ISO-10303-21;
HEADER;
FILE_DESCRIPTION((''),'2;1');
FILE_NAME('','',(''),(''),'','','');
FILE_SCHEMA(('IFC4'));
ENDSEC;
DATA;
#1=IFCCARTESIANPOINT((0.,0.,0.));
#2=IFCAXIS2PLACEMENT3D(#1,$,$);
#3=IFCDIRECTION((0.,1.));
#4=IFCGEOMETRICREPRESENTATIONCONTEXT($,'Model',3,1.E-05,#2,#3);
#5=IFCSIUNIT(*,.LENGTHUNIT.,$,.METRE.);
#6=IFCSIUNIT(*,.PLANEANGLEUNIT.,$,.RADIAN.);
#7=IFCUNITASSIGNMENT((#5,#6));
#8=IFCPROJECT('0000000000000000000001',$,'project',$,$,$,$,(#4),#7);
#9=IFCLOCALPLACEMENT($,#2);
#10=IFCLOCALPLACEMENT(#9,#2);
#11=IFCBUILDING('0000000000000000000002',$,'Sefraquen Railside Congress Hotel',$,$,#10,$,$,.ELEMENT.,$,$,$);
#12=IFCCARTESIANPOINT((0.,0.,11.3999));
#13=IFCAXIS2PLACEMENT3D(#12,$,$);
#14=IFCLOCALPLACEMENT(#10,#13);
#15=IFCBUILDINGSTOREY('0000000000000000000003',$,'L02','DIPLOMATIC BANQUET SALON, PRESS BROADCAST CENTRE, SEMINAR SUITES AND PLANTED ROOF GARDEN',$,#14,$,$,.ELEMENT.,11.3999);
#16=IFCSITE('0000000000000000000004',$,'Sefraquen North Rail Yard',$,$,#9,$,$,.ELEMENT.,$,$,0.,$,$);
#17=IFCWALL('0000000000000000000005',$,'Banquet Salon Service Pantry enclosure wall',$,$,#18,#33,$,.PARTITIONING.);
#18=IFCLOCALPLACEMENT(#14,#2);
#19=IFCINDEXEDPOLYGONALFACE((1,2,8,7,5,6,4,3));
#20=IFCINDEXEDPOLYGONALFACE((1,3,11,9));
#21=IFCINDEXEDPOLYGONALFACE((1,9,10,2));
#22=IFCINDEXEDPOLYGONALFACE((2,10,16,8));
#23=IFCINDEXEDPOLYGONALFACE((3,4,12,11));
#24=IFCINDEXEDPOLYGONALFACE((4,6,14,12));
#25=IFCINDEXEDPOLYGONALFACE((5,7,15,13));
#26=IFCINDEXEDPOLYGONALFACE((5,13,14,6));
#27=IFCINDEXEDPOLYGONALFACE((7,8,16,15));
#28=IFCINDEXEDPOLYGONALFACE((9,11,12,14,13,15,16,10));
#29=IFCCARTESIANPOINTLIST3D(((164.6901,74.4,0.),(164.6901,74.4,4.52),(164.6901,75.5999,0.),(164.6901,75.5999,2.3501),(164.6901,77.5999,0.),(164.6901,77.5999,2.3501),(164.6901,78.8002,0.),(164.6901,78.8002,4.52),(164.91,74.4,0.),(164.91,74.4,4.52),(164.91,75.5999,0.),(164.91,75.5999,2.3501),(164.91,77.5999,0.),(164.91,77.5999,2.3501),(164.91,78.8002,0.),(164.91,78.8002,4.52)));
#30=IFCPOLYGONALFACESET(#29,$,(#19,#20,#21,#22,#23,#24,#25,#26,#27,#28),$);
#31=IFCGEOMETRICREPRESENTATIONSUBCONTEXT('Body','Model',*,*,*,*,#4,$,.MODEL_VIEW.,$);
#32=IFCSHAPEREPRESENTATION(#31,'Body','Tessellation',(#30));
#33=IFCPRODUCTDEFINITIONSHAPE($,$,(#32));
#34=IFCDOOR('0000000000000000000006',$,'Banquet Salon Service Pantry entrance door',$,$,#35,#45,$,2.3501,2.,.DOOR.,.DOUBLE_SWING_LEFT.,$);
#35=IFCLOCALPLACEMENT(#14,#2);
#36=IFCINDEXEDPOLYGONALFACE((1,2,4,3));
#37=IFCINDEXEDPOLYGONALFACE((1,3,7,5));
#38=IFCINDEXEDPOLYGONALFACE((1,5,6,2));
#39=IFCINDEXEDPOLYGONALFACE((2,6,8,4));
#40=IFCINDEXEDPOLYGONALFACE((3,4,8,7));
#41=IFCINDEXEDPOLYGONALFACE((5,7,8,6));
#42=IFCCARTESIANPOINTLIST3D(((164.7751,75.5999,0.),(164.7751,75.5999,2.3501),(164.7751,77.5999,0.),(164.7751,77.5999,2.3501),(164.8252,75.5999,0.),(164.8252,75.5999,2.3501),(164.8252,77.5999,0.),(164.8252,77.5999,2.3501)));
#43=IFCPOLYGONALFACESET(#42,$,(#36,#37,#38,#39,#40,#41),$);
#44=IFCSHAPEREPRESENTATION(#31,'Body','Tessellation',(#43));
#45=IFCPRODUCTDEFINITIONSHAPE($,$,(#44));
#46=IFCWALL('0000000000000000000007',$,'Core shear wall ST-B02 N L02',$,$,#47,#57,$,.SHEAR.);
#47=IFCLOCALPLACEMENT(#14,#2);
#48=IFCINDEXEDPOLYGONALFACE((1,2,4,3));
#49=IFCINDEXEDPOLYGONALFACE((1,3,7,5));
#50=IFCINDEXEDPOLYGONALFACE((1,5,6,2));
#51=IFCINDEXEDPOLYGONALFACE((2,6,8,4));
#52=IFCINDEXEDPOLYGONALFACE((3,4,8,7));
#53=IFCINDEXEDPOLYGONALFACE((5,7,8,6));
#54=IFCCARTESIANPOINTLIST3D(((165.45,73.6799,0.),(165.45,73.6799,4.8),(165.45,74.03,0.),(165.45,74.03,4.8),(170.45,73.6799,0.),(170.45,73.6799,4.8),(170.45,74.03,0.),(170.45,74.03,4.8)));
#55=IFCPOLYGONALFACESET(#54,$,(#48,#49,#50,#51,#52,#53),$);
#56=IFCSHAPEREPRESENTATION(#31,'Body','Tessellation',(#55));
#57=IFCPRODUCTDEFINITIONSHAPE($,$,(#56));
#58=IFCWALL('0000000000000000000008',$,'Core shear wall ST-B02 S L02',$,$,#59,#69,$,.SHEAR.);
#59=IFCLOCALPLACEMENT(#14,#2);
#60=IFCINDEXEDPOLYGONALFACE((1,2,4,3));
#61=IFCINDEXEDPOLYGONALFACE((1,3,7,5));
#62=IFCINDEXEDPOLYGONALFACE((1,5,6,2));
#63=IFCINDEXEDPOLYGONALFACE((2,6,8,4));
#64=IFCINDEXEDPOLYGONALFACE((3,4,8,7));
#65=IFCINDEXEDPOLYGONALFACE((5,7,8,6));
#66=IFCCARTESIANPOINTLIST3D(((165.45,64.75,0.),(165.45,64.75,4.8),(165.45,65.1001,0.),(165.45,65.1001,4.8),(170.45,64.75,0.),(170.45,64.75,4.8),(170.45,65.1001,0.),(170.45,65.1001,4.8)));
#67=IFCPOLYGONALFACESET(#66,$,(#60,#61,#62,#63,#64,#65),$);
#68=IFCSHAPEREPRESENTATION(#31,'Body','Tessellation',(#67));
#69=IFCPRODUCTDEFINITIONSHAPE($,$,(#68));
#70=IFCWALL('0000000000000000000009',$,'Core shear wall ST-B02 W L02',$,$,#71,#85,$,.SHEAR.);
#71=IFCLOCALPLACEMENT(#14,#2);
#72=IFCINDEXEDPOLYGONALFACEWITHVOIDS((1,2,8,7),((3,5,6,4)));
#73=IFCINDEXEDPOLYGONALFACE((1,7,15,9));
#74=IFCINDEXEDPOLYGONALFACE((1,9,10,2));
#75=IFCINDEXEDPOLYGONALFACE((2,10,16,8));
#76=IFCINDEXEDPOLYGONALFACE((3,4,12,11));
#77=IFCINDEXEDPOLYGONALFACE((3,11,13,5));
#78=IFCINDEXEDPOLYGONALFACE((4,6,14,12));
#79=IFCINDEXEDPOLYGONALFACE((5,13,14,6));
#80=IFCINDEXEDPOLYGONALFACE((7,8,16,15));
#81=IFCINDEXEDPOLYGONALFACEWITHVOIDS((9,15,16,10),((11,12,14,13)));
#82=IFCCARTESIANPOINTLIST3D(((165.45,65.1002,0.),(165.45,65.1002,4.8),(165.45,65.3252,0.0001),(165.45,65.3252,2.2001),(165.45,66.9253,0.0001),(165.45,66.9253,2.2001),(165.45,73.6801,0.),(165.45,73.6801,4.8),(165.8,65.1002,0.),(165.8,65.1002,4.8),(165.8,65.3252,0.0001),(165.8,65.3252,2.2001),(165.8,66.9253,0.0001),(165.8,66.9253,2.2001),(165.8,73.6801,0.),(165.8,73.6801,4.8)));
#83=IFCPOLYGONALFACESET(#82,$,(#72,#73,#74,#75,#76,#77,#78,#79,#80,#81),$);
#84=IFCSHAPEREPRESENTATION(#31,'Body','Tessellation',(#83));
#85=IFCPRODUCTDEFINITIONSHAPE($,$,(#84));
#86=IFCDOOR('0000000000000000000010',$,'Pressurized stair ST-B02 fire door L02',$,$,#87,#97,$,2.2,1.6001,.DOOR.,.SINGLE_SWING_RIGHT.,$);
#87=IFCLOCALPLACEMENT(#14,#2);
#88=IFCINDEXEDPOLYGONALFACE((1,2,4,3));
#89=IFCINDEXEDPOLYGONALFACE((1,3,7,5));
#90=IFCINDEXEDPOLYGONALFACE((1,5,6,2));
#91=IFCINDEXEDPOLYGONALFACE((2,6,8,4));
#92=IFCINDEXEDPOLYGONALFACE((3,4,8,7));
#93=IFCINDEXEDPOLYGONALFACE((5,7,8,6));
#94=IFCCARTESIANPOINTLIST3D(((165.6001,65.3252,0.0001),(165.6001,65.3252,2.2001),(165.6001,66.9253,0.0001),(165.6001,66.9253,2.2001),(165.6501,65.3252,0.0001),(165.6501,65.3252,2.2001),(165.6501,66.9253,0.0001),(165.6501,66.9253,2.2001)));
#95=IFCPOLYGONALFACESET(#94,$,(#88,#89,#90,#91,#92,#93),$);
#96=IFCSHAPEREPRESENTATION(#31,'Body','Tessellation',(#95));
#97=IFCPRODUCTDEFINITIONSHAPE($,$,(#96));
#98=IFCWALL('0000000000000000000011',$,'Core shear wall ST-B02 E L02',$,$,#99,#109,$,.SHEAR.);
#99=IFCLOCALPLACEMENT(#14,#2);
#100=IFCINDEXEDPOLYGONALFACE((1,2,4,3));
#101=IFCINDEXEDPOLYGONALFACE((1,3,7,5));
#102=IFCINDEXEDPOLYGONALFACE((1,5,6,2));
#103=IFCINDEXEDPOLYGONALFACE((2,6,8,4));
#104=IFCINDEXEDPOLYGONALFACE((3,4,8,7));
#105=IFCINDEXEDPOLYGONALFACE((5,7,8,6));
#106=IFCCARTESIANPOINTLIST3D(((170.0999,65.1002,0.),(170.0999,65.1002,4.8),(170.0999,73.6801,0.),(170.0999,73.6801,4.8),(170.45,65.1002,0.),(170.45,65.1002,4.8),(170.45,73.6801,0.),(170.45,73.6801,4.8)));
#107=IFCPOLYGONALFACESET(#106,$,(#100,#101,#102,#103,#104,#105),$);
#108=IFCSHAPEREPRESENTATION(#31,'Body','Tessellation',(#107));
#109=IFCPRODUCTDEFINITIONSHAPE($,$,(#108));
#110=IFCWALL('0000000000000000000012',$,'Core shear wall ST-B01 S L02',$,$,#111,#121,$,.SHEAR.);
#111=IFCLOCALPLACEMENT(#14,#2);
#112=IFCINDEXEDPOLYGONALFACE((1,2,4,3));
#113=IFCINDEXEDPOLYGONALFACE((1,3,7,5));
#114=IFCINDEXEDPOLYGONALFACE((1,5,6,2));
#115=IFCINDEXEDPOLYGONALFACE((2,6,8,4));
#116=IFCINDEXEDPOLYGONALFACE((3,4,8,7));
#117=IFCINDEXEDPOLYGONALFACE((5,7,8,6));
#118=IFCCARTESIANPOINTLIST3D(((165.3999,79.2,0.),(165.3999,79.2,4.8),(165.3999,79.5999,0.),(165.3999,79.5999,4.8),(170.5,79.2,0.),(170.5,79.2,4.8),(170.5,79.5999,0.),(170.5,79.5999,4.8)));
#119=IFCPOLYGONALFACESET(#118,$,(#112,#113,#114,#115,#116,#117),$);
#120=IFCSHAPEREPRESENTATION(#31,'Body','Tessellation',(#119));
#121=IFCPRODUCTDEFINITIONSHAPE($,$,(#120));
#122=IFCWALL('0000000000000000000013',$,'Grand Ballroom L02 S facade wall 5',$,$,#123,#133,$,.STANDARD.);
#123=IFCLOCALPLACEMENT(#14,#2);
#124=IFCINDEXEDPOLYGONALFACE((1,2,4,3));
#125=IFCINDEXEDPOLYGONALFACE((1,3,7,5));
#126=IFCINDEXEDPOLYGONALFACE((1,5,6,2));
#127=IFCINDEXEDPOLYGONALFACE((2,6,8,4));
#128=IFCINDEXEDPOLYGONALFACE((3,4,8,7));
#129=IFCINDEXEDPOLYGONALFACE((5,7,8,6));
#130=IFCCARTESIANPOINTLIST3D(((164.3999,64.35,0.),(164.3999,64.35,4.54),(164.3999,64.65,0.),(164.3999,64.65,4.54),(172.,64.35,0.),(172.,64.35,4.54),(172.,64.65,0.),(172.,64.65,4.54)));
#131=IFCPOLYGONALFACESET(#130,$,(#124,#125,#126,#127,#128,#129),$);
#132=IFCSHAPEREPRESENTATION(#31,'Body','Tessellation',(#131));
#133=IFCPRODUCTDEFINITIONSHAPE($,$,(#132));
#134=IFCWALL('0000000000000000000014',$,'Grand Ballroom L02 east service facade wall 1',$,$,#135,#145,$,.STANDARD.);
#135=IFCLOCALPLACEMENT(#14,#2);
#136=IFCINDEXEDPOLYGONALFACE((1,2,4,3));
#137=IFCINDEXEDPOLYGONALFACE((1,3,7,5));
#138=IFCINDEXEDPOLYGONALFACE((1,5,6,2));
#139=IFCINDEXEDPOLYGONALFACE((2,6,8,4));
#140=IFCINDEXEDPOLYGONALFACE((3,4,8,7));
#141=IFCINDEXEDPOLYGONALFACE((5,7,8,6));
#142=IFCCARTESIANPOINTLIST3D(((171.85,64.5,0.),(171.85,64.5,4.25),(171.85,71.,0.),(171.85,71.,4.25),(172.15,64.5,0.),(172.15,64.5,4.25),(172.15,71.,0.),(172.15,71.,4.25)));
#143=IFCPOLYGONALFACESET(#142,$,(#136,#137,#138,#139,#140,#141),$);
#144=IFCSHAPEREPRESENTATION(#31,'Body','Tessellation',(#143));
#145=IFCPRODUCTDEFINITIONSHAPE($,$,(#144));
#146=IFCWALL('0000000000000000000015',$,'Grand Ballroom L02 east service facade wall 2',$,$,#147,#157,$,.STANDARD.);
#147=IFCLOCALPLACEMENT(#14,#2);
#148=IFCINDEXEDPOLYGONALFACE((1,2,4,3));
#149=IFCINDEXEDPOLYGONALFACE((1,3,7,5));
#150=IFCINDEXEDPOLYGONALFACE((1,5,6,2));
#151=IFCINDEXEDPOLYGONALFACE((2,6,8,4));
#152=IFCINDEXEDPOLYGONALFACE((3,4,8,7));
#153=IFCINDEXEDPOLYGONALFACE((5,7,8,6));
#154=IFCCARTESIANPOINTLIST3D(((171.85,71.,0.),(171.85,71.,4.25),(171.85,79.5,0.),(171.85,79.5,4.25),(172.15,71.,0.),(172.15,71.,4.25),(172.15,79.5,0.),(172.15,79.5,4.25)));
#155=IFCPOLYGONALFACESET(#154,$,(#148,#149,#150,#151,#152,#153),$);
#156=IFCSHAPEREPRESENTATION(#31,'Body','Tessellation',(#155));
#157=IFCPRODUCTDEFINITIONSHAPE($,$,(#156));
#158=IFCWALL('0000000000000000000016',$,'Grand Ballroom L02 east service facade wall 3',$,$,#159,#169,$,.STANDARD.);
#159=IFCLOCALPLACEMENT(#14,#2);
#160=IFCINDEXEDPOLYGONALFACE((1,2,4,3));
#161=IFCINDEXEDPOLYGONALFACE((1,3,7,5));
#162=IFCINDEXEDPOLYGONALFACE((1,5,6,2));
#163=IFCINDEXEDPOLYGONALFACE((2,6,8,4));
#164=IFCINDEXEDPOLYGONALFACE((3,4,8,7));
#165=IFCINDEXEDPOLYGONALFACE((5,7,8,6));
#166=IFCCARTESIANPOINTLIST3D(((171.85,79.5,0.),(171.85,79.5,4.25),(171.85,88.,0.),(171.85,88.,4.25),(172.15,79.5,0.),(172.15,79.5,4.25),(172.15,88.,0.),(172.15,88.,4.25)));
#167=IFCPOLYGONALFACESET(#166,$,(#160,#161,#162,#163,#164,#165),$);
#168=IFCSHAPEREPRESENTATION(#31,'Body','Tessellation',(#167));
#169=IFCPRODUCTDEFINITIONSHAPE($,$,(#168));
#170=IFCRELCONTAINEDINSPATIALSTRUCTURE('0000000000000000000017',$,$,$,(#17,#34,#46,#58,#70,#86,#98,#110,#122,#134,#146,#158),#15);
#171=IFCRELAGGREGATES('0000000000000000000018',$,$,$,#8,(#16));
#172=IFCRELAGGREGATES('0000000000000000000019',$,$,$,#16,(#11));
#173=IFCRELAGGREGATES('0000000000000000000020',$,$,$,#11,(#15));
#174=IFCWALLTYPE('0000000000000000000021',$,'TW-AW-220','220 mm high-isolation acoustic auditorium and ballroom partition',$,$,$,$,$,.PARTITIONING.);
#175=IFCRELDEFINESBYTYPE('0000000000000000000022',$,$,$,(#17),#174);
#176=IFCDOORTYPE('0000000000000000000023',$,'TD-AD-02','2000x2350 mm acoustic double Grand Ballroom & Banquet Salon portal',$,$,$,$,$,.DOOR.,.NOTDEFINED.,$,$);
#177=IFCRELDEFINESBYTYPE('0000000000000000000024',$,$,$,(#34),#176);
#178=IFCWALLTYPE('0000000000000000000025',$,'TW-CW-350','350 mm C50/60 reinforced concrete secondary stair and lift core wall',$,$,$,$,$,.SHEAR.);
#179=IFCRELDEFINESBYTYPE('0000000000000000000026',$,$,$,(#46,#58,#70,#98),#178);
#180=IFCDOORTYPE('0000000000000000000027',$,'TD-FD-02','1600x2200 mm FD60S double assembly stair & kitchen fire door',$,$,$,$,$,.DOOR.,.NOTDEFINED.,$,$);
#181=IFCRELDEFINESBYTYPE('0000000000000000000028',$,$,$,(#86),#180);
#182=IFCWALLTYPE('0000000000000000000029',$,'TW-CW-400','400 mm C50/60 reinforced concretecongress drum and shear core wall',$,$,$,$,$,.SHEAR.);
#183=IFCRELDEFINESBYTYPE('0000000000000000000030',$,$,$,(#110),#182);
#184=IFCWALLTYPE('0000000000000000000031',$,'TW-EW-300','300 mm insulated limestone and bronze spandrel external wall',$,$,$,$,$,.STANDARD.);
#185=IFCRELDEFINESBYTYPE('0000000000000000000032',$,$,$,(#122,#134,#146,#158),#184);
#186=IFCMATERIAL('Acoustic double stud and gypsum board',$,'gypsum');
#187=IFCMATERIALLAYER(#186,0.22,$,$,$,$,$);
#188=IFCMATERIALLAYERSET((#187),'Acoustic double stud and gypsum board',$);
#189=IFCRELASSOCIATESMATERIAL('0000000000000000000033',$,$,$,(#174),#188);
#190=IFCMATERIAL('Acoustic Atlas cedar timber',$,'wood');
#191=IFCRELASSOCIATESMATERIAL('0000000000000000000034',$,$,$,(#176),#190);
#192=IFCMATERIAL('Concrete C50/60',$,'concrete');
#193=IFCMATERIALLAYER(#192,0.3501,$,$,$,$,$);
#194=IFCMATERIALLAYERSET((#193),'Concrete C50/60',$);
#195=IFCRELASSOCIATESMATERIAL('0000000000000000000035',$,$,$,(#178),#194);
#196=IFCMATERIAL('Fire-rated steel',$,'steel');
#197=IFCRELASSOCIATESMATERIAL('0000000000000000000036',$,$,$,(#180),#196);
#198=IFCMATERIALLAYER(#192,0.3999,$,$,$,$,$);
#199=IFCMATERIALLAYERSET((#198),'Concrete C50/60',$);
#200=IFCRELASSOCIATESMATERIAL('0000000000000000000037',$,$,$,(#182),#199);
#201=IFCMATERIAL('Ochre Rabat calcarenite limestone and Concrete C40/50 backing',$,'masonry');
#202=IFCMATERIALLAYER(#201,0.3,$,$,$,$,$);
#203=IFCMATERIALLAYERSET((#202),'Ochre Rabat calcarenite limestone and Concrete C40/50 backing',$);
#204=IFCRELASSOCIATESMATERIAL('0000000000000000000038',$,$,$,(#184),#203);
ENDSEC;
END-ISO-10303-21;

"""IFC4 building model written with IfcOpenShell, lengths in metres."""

from ifc_helpers import new_model, si_unit, direction, frame, frame_2d, origin, place, context, subcontext, project, spatial, rectangle, extrude, material, layer, layer_set, type_object, element, fill, save


model = new_model("IFC4")

# Units and contexts
model_context = context("Model", 3, precision=1e-05, world=origin(), true_north=direction((0.0, 1.0)))
body_context = subcontext(model_context, "Body", "Model", "MODEL_VIEW")
ifc_project = project(units=[si_unit("LENGTHUNIT", "METRE"), si_unit("PLANEANGLEUNIT", "RADIAN")], contexts=[model_context])

# Site, building, storey
site_placement = place(None, origin())
site = spatial("IfcSite", under=ifc_project, at=site_placement, Name="Sefraquen North Rail Yard", CompositionType="ELEMENT", RefElevation=0.0)
building_placement = place(site_placement, origin())
building = spatial("IfcBuilding", under=site, at=building_placement, Name="Sefraquen Railside Congress Hotel", CompositionType="ELEMENT")
storey_placement = place(building_placement, frame((0.0, 0.0, 11.3999)))
storey = spatial("IfcBuildingStorey", under=building, at=storey_placement, Name="L02", Description="DIPLOMATIC BANQUET SALON, PRESS BROADCAST CENTRE, SEMINAR SUITES AND PLANTED ROOF GARDEN", CompositionType="ELEMENT", Elevation=11.3999)

# Wall, opening, door
ifc_material_1 = material(Name="Acoustic double stud and gypsum board", Category="gypsum")
ifc_layer_1 = layer(ifc_material_1, 0.22)
ifc_layer_set_1 = layer_set([ifc_layer_1], Name="Acoustic double stud and gypsum board")
wall_type_1 = type_object("IfcWallType", Name="TW-AW-220", Description="220 mm high-isolation acoustic auditorium and ballroom partition", PredefinedType="PARTITIONING", material=ifc_layer_set_1)
wall_1_placement = place(storey_placement, frame((164.8, 74.3999, 0.0), z_axis=(0.0, 0.0, 1.0), x_axis=(0.0, 1.0, 0.0)))
wall_1 = element("IfcWall", 1, at=wall_1_placement, inside=storey, type_object=wall_type_1, Name="Banquet Salon Service Pantry enclosure wall", PredefinedType="PARTITIONING", context=body_context, shape_type="SweptSolid", body=[
    extrude(rectangle(XDim=4.4001, YDim=0.22, at=frame_2d((2.2002, 0.0))), origin(), (0.0, 0.0, 1.0), 4.52),
])
opening_1_placement = place(wall_1_placement, frame((1.2, 0.0, 0.0)))
opening_1 = element("IfcOpeningElement", 2, at=opening_1_placement, cuts=wall_1, PredefinedType="OPENING", context=body_context, shape_type="SweptSolid", body=[
    extrude(rectangle(XDim=2.0, YDim=2.3501, at=frame_2d((1.0, 1.175))), frame((0.0, 0.1199, 0.0), z_axis=(0.0, -1.0, 0.0), x_axis=(1.0, 0.0, 0.0)), (0.0, 0.0, 1.0), 0.24),
])
ifc_material_2 = material(Name="Acoustic Atlas cedar timber", Category="wood")
door_type_1 = type_object("IfcDoorType", Name="TD-AD-02", Description="2000x2350 mm acoustic double Grand Ballroom & Banquet Salon portal", OperationType="NOTDEFINED", PredefinedType="DOOR", material=ifc_material_2)
door_1_placement = place(opening_1_placement, origin())
door_1 = element("IfcDoor", 3, at=door_1_placement, inside=storey, type_object=door_type_1, Name="Banquet Salon Service Pantry entrance door", OperationType="DOUBLE_SWING_LEFT", OverallHeight=2.3501, OverallWidth=2.0, PredefinedType="DOOR", context=body_context, shape_type="SweptSolid", body=[
    extrude(rectangle(XDim=2.0, YDim=2.3501, at=frame_2d((1.0, 1.175))), frame((0.0, 0.0249, 0.0), z_axis=(0.0, -1.0, 0.0), x_axis=(1.0, 0.0, 0.0)), (0.0, 0.0, 1.0), 0.05),
])
fill(opening_1, door_1)

# Walls
ifc_material_3 = material(Name="Concrete C50/60", Category="concrete")
ifc_layer_2 = layer(ifc_material_3, 0.3501)
ifc_layer_set_2 = layer_set([ifc_layer_2], Name="Concrete C50/60")
wall_type_2 = type_object("IfcWallType", Name="TW-CW-350", Description="350 mm C50/60 reinforced concrete secondary stair and lift core wall", PredefinedType="SHEAR", material=ifc_layer_set_2)
for number, where, z_axis, x_axis, name in (
    (4, (165.45, 73.855, 0.0), (0.0, 0.0, 1.0), (1.0, 0.0, 0.0), "Core shear wall ST-B02 N L02"),
    (5, (165.45, 64.925, 0.0), (0.0, 0.0, 1.0), (1.0, 0.0, 0.0), "Core shear wall ST-B02 S L02"),
):
    element("IfcWall", number, at=place(storey_placement, frame(where, z_axis=z_axis, x_axis=x_axis)), inside=storey, type_object=wall_type_2, Name=name, PredefinedType="SHEAR", context=body_context, shape_type="SweptSolid", body=[
        extrude(rectangle(XDim=5.0, YDim=0.3501, at=frame_2d((2.5, 0.0))), origin(), (0.0, 0.0, 1.0), 4.8),
    ])

# Wall, opening, door
wall_2_placement = place(storey_placement, frame((165.625, 65.1001, 0.0), z_axis=(0.0, 0.0, 1.0), x_axis=(0.0, 1.0, 0.0)))
wall_2 = element("IfcWall", 6, at=wall_2_placement, inside=storey, type_object=wall_type_2, Name="Core shear wall ST-B02 W L02", PredefinedType="SHEAR", context=body_context, shape_type="SweptSolid", body=[
    extrude(rectangle(XDim=8.5798, YDim=0.3501, at=frame_2d((4.29, 0.0))), origin(), (0.0, 0.0, 1.0), 4.8),
])
opening_2_placement = place(wall_2_placement, frame((0.2251, 0.0, 0.0)))
opening_2 = element("IfcOpeningElement", 7, at=opening_2_placement, cuts=wall_2, PredefinedType="OPENING", context=body_context, shape_type="SweptSolid", body=[
    extrude(rectangle(XDim=1.6001, YDim=2.2, at=frame_2d((0.8, 1.1001))), frame((0.0, 0.1851, 0.0), z_axis=(0.0, -1.0, 0.0), x_axis=(1.0, 0.0, 0.0)), (0.0, 0.0, 1.0), 0.3701),
])
ifc_material_4 = material(Name="Fire-rated steel", Category="steel")
door_type_2 = type_object("IfcDoorType", Name="TD-FD-02", Description="1600x2200 mm FD60S double assembly stair & kitchen fire door", OperationType="NOTDEFINED", PredefinedType="DOOR", material=ifc_material_4)
door_2_placement = place(opening_2_placement, origin())
door_2 = element("IfcDoor", 8, at=door_2_placement, inside=storey, type_object=door_type_2, Name="Pressurized stair ST-B02 fire door L02", OperationType="SINGLE_SWING_RIGHT", OverallHeight=2.2, OverallWidth=1.6001, PredefinedType="DOOR", context=body_context, shape_type="SweptSolid", body=[
    extrude(rectangle(XDim=1.6001, YDim=2.2, at=frame_2d((0.8, 1.1001))), frame((0.0, 0.0249, 0.0), z_axis=(0.0, -1.0, 0.0), x_axis=(1.0, 0.0, 0.0)), (0.0, 0.0, 1.0), 0.05),
])
fill(opening_2, door_2)

# Walls
wall_3_placement = place(storey_placement, frame((170.2749, 65.1001, 0.0), z_axis=(0.0, 0.0, 1.0), x_axis=(0.0, 1.0, 0.0)))
element("IfcWall", 9, at=wall_3_placement, inside=storey, type_object=wall_type_2, Name="Core shear wall ST-B02 E L02", PredefinedType="SHEAR", context=body_context, shape_type="SweptSolid", body=[
    extrude(rectangle(XDim=8.5798, YDim=0.3501, at=frame_2d((4.29, 0.0))), origin(), (0.0, 0.0, 1.0), 4.8),
])
ifc_layer_3 = layer(ifc_material_3, 0.3999)
ifc_layer_set_3 = layer_set([ifc_layer_3], Name="Concrete C50/60")
wall_type_3 = type_object("IfcWallType", Name="TW-CW-400", Description="400 mm C50/60 reinforced concretecongress drum and shear core wall", PredefinedType="SHEAR", material=ifc_layer_set_3)
wall_4_placement = place(storey_placement, frame((165.3999, 79.3999, 0.0), z_axis=(0.0, 0.0, 1.0), x_axis=(1.0, 0.0, 0.0)))
element("IfcWall", 10, at=wall_4_placement, inside=storey, type_object=wall_type_3, Name="Core shear wall ST-B01 S L02", PredefinedType="SHEAR", context=body_context, shape_type="SweptSolid", body=[
    extrude(rectangle(XDim=5.1001, YDim=0.3999, at=frame_2d((2.55, 0.0))), origin(), (0.0, 0.0, 1.0), 4.8),
])
ifc_material_5 = material(Name="Ochre Rabat calcarenite limestone and Concrete C40/50 backing", Category="masonry")
ifc_layer_4 = layer(ifc_material_5, 0.3)
ifc_layer_set_4 = layer_set([ifc_layer_4], Name="Ochre Rabat calcarenite limestone and Concrete C40/50 backing")
wall_type_4 = type_object("IfcWallType", Name="TW-EW-300", Description="300 mm insulated limestone and bronze spandrel external wall", PredefinedType="STANDARD", material=ifc_layer_set_4)
wall_5_placement = place(storey_placement, frame((164.3999, 64.5, 0.0), z_axis=(0.0, 0.0, 1.0), x_axis=(1.0, 0.0, 0.0)))
element("IfcWall", 11, at=wall_5_placement, inside=storey, type_object=wall_type_4, Name="Grand Ballroom L02 S facade wall 5", PredefinedType="STANDARD", context=body_context, shape_type="SweptSolid", body=[
    extrude(rectangle(XDim=7.6001, YDim=0.3, at=frame_2d((3.8, 0.0))), origin(), (0.0, 0.0, 1.0), 4.54),
])
wall_6_placement = place(storey_placement, frame((172.0, 64.5, 0.0), z_axis=(0.0, 0.0, 1.0), x_axis=(0.0, 1.0, 0.0)))
element("IfcWall", 12, at=wall_6_placement, inside=storey, type_object=wall_type_4, Name="Grand Ballroom L02 east service facade wall 1", PredefinedType="STANDARD", context=body_context, shape_type="SweptSolid", body=[
    extrude(rectangle(XDim=6.5, YDim=0.3, at=frame_2d((3.25, 0.0))), origin(), (0.0, 0.0, 1.0), 4.25),
])
for number, where, z_axis, x_axis, name in (
    (13, (172.0, 71.0, 0.0), (0.0, 0.0, 1.0), (0.0, 1.0, 0.0), "Grand Ballroom L02 east service facade wall 2"),
    (14, (172.0, 79.5, 0.0), (0.0, 0.0, 1.0), (0.0, 1.0, 0.0), "Grand Ballroom L02 east service facade wall 3"),
):
    element("IfcWall", number, at=place(storey_placement, frame(where, z_axis=z_axis, x_axis=x_axis)), inside=storey, type_object=wall_type_4, Name=name, PredefinedType="STANDARD", context=body_context, shape_type="SweptSolid", body=[
        extrude(rectangle(XDim=8.5, YDim=0.3, at=frame_2d((4.25, 0.0))), origin(), (0.0, 0.0, 1.0), 4.25),
    ])

save(model, "model.ifc")
